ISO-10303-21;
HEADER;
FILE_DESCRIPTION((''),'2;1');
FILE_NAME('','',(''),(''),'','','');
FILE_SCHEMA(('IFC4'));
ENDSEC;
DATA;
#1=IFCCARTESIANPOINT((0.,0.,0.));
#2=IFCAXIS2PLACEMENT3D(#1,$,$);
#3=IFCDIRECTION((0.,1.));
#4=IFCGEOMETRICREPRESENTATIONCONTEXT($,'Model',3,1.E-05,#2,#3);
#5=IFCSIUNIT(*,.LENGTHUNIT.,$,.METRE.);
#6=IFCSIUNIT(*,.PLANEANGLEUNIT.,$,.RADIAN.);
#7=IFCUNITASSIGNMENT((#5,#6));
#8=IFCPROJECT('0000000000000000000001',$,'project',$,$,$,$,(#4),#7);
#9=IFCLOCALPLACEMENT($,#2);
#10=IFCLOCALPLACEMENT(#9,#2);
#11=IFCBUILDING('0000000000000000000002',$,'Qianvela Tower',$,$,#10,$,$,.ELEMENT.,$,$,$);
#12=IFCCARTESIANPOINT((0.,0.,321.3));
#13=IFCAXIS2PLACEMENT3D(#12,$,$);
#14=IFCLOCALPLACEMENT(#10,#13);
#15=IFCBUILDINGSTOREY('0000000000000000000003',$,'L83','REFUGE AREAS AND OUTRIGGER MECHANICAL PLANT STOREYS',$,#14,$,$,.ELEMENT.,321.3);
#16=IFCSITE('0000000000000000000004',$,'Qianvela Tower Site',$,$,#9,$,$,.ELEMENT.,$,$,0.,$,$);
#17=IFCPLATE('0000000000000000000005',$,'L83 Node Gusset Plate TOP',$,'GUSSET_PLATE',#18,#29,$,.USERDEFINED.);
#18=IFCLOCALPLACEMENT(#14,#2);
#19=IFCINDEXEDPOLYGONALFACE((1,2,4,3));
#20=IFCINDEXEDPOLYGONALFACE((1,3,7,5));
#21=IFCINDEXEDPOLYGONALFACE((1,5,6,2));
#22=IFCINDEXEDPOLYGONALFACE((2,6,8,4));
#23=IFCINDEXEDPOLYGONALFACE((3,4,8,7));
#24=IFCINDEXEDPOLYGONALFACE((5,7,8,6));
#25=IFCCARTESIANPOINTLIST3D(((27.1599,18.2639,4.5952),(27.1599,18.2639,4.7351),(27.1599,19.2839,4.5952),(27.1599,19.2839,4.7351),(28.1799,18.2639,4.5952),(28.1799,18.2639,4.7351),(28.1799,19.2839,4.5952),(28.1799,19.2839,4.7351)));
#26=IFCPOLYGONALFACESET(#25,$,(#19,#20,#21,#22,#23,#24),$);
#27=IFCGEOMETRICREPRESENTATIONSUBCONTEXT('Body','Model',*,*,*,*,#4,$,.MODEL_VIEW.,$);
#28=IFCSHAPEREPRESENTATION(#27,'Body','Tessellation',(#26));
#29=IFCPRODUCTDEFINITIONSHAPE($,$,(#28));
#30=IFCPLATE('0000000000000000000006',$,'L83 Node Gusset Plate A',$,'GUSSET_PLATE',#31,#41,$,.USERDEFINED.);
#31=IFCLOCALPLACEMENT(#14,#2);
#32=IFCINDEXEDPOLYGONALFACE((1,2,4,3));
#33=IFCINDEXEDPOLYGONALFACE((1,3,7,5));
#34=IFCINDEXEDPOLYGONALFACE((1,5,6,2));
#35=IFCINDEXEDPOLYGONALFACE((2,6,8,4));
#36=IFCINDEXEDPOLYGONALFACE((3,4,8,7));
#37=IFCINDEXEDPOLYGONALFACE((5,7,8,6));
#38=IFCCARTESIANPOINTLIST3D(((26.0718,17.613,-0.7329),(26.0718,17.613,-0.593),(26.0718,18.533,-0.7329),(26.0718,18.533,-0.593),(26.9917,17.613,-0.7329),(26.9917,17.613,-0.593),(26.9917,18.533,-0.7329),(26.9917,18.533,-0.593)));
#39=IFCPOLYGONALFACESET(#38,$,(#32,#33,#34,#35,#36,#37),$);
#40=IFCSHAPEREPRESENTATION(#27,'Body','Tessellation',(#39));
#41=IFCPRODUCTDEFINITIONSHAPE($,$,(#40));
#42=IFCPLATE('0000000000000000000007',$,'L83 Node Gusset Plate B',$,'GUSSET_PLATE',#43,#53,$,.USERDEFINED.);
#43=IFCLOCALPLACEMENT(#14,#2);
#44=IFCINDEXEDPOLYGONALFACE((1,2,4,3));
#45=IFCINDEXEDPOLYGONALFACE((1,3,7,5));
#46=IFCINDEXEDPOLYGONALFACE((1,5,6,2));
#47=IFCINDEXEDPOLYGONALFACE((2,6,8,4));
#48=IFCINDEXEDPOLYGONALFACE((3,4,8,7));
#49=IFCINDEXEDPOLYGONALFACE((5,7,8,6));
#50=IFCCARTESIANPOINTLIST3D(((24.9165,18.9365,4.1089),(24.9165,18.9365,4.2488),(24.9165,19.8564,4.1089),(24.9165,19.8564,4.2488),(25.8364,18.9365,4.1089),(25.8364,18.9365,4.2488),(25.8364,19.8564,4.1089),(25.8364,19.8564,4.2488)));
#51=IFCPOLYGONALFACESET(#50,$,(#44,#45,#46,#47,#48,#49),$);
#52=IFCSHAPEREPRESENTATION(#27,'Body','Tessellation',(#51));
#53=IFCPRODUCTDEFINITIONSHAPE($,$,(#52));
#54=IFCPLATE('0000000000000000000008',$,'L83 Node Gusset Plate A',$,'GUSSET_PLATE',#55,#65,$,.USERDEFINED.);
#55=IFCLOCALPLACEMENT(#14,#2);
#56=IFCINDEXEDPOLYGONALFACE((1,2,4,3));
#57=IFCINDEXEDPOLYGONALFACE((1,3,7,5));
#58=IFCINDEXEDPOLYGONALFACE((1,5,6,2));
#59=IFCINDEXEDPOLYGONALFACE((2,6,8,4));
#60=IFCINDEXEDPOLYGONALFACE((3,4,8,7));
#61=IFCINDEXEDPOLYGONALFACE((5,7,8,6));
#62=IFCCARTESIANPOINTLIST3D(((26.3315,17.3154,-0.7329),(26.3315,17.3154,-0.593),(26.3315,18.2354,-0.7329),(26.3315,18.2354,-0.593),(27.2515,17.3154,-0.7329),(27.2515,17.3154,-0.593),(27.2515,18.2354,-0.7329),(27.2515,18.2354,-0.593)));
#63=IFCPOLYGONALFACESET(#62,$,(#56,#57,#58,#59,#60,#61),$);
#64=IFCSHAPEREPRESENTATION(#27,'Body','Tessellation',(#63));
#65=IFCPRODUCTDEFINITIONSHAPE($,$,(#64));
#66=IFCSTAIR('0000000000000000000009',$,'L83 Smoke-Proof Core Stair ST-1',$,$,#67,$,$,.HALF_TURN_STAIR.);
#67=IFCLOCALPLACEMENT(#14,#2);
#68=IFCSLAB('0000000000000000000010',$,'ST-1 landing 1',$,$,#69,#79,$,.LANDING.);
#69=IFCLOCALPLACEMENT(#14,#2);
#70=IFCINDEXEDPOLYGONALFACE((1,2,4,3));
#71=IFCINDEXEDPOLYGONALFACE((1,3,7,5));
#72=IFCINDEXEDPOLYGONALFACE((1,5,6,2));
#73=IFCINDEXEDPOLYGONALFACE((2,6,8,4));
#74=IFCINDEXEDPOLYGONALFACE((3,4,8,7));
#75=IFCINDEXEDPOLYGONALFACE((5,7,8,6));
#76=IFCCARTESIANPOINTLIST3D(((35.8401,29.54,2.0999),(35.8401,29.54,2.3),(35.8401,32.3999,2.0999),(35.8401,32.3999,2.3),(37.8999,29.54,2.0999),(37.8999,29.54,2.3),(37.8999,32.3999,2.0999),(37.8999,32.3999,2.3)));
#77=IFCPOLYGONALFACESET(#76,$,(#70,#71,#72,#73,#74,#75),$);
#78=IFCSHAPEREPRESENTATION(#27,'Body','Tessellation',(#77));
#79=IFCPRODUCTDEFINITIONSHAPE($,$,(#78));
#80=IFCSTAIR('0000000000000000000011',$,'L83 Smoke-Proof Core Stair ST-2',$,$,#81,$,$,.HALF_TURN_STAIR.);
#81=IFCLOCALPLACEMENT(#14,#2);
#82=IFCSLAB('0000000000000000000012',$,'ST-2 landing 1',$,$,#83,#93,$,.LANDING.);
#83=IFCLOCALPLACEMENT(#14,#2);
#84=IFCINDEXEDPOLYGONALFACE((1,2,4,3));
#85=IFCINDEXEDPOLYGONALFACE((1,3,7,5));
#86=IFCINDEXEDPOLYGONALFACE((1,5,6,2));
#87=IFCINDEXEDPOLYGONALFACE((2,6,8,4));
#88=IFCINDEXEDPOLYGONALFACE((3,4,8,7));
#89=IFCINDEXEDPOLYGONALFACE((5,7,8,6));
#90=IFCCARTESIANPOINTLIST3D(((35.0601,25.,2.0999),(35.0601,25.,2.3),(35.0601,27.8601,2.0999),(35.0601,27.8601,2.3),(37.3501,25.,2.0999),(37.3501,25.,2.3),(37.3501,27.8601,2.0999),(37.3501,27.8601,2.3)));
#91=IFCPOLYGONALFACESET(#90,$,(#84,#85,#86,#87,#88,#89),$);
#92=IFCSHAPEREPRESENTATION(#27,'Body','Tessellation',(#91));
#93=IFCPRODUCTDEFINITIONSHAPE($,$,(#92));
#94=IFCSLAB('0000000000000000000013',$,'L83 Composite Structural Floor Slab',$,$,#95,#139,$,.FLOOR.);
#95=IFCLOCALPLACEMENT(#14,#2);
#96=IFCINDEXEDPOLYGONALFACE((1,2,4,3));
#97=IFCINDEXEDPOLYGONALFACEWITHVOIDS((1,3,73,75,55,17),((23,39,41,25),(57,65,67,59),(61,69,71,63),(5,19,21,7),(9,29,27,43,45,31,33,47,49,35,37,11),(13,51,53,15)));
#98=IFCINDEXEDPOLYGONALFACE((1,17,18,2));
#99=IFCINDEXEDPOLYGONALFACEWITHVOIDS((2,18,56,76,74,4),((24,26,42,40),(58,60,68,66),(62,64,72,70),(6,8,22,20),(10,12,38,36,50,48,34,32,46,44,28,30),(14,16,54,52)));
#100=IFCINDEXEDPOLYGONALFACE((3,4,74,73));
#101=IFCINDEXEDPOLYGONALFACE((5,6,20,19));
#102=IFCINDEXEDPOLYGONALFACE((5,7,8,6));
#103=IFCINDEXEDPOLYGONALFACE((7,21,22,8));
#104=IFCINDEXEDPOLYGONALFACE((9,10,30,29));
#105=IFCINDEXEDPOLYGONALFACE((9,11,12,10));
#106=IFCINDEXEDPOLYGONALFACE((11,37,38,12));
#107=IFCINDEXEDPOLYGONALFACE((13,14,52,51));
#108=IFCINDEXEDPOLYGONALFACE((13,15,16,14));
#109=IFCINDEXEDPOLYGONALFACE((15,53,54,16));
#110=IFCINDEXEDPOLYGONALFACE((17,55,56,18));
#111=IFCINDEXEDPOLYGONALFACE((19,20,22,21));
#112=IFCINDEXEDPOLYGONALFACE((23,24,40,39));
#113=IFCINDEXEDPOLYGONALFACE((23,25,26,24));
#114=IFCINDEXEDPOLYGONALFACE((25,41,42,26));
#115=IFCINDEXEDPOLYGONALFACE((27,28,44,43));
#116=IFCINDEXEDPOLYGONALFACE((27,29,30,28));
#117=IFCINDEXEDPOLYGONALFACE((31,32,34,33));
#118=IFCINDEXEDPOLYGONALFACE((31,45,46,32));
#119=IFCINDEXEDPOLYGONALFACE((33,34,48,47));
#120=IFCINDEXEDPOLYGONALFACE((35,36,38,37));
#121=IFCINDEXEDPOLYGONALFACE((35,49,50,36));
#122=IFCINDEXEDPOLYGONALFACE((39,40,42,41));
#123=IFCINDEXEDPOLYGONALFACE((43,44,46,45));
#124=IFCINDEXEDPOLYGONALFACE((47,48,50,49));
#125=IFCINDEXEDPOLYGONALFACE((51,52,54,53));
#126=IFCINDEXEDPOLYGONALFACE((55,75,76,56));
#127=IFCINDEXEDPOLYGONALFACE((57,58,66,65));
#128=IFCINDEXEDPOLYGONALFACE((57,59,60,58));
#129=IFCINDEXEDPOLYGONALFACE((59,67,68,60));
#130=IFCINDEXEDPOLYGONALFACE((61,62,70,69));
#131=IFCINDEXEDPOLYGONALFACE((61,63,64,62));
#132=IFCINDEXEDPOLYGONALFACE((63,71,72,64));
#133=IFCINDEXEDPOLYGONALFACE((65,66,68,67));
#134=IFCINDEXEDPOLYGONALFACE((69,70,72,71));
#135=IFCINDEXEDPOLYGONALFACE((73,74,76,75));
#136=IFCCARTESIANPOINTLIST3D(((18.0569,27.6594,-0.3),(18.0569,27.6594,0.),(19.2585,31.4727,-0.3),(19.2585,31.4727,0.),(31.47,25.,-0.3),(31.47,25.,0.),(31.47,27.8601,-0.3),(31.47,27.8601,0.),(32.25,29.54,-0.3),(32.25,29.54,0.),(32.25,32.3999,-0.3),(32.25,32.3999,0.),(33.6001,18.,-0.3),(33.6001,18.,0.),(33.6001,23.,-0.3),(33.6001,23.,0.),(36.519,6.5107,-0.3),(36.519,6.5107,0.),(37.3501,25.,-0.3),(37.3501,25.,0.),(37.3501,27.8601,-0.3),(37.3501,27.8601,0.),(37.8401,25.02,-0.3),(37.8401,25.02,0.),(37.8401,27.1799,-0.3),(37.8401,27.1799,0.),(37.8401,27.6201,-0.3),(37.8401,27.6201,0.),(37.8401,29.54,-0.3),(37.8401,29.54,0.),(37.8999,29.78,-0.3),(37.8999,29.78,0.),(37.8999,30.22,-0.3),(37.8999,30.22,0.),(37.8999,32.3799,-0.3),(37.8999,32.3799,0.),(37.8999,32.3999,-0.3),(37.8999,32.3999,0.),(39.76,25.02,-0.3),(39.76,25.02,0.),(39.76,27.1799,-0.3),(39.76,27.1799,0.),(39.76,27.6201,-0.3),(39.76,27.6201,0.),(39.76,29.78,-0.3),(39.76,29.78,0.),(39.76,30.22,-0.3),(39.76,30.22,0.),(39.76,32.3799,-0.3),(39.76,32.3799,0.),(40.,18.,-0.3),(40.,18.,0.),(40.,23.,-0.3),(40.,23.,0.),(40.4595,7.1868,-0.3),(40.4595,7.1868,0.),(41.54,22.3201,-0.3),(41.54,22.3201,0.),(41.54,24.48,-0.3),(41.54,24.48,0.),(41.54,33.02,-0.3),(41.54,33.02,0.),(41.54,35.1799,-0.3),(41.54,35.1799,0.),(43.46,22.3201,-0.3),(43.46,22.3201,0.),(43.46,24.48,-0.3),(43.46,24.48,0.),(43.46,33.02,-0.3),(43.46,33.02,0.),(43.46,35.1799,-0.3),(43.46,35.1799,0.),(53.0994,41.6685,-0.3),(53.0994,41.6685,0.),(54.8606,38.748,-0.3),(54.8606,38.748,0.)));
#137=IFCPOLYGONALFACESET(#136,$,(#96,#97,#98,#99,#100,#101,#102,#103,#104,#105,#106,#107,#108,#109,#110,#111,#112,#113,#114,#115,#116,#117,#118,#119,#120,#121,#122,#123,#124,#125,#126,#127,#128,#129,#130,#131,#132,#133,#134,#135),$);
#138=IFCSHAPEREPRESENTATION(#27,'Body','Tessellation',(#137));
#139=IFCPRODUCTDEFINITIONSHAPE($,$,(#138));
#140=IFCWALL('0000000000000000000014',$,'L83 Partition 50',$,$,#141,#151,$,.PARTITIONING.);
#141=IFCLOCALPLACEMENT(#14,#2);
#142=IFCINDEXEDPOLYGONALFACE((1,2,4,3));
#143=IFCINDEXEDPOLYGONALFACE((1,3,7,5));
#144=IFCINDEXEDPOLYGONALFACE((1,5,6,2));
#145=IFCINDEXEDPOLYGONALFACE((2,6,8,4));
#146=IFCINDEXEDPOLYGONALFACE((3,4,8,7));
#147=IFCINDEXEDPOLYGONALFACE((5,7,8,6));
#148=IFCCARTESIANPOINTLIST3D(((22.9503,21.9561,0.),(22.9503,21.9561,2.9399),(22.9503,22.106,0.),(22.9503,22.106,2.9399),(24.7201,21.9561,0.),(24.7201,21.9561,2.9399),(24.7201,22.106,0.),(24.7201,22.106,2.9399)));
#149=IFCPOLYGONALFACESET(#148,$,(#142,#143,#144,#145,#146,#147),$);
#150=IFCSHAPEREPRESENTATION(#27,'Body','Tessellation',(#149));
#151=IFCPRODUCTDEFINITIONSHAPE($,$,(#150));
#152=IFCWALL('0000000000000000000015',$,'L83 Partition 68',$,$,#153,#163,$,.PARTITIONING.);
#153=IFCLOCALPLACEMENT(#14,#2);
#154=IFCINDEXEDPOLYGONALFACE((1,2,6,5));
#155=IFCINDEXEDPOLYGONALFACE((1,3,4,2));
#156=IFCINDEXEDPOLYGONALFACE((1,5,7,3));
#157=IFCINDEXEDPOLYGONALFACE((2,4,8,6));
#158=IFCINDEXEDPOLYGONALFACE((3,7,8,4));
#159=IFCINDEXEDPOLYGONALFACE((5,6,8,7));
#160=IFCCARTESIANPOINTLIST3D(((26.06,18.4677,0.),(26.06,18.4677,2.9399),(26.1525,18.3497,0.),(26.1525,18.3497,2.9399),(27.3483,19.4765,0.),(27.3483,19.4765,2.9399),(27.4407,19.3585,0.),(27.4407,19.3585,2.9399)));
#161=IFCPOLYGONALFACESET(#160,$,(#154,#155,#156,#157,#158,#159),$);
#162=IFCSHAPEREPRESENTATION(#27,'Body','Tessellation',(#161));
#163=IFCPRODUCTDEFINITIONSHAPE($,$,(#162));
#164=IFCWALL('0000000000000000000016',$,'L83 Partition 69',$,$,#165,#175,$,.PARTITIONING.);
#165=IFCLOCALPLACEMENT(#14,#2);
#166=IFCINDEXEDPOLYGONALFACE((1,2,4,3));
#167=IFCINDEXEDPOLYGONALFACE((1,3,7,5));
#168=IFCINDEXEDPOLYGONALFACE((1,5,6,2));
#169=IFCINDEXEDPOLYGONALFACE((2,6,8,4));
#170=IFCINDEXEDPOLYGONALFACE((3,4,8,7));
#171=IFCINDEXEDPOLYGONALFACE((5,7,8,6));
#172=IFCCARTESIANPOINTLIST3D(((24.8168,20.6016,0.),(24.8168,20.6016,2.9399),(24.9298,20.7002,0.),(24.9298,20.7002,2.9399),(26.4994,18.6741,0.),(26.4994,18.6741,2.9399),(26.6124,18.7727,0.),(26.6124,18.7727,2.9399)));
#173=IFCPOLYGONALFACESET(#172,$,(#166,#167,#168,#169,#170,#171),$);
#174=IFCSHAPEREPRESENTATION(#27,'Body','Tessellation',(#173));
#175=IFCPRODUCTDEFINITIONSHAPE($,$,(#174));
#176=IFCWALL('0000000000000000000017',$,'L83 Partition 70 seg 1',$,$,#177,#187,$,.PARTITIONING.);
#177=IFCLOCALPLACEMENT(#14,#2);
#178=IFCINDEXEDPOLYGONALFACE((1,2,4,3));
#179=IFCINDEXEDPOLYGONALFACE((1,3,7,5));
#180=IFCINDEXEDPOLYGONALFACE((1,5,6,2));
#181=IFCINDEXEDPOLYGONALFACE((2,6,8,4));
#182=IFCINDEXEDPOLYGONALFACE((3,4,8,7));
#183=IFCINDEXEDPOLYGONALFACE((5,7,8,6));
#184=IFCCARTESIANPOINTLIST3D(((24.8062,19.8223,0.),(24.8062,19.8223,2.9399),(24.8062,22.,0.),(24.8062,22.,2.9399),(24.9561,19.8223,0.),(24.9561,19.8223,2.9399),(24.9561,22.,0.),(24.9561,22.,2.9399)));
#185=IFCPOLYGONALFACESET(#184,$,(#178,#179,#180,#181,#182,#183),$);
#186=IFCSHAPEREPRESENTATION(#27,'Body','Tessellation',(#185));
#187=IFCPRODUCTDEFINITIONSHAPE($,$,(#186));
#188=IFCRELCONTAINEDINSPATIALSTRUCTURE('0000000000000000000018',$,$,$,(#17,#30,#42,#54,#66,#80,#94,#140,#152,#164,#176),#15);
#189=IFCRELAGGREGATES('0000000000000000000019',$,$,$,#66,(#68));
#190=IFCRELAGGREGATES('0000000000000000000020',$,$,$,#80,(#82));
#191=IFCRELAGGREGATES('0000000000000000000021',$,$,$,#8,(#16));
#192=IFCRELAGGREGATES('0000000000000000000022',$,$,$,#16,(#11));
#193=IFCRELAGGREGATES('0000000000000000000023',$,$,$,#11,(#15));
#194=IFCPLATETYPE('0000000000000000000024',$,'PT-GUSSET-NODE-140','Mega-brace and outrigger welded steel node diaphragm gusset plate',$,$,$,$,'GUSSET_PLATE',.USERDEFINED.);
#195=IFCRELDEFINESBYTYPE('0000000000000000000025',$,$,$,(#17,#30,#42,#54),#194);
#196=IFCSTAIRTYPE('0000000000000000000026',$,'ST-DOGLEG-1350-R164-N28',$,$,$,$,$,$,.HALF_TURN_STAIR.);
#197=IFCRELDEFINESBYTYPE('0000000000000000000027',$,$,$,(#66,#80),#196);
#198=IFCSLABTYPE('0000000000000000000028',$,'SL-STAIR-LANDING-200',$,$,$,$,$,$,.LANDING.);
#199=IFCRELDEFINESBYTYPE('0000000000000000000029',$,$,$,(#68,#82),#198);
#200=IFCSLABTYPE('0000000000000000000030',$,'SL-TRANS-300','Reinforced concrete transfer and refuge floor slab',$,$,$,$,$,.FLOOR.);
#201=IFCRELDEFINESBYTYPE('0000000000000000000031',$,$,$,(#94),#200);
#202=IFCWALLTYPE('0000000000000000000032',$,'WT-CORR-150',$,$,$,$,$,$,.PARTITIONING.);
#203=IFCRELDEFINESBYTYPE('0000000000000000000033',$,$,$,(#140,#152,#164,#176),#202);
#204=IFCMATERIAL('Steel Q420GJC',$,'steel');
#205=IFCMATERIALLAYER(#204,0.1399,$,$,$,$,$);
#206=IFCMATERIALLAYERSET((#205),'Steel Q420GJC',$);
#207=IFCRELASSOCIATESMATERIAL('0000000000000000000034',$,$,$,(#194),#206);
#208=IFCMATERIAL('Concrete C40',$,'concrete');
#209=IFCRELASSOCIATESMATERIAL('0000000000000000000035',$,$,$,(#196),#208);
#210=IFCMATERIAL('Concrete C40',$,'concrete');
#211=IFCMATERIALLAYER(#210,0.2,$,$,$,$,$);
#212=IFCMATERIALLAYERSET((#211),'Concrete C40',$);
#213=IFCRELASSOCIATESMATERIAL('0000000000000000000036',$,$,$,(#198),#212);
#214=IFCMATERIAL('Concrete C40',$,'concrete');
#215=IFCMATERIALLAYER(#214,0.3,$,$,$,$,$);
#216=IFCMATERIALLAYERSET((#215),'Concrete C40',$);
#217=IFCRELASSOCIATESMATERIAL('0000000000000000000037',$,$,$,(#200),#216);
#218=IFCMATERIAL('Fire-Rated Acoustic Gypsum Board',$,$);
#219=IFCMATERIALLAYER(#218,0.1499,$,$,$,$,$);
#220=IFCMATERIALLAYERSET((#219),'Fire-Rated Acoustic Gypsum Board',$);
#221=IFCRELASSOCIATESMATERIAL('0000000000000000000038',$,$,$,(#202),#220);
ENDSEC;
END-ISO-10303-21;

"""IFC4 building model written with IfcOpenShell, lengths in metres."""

from ifc_helpers import new_model, si_unit, direction, frame, frame_2d, origin, origin_2d, place, context, subcontext, project, spatial, polyline, rectangle, outline, extrude, material, layer, layer_set, type_object, element, aggregate, save


model = new_model("IFC4")

# Units and contexts
model_context = context("Model", 3, precision=1e-05, world=origin(), true_north=direction((0.0, 1.0)))
body_context = subcontext(model_context, "Body", "Model", "MODEL_VIEW")
ifc_project = project(units=[si_unit("LENGTHUNIT", "METRE"), si_unit("PLANEANGLEUNIT", "RADIAN")], contexts=[model_context])

# Site, building, storey
site_placement = place(None, origin())
site = spatial("IfcSite", under=ifc_project, at=site_placement, Name="Qianvela Tower Site", CompositionType="ELEMENT", RefElevation=0.0)
building_placement = place(site_placement, origin())
building = spatial("IfcBuilding", under=site, at=building_placement, Name="Qianvela Tower", CompositionType="ELEMENT")
storey_placement = place(building_placement, frame((0.0, 0.0, 321.3)))
storey = spatial("IfcBuildingStorey", under=building, at=storey_placement, Name="L83", Description="REFUGE AREAS AND OUTRIGGER MECHANICAL PLANT STOREYS", CompositionType="ELEMENT", Elevation=321.3)

# Plates
ifc_material_1 = material(Name="Steel Q420GJC", Category="steel")
ifc_layer_1 = layer(ifc_material_1, 0.1399)
ifc_layer_set_1 = layer_set([ifc_layer_1], Name="Steel Q420GJC")
plate_type_1 = type_object("IfcPlateType", Name="PT-GUSSET-NODE-140", Description="Mega-brace and outrigger welded steel node diaphragm gusset plate", ElementType="GUSSET_PLATE", PredefinedType="USERDEFINED", material=ifc_layer_set_1)
plate_1_placement = place(storey_placement, frame((27.6699, 18.7739, 4.5952), z_axis=(0.0, 0.0, 1.0), x_axis=(1.0, 0.0, 0.0)))
element("IfcPlate", 1, at=plate_1_placement, inside=storey, type_object=plate_type_1, Name="L83 Node Gusset Plate TOP", ObjectType="GUSSET_PLATE", PredefinedType="USERDEFINED", context=body_context, shape_type="SweptSolid", body=[
    extrude(rectangle(XDim=1.02, YDim=1.02, at=origin_2d()), origin(), (0.0, 0.0, 1.0), 0.1399),
])
for number, where, z_axis, x_axis, name in (
    (2, (26.5317, 18.073, -0.7329), (0.0, 0.0, 1.0), (1.0, 0.0, 0.0), "L83 Node Gusset Plate A"),
    (3, (25.3765, 19.3965, 4.1089), (0.0, 0.0, 1.0), (1.0, 0.0, 0.0), "L83 Node Gusset Plate B"),
    (4, (26.7915, 17.7754, -0.7329), (0.0, 0.0, 1.0), (1.0, 0.0, 0.0), "L83 Node Gusset Plate A"),
):
    element("IfcPlate", number, at=place(storey_placement, frame(where, z_axis=z_axis, x_axis=x_axis)), inside=storey, type_object=plate_type_1, Name=name, ObjectType="GUSSET_PLATE", PredefinedType="USERDEFINED", context=body_context, shape_type="SweptSolid", body=[
        extrude(rectangle(XDim=0.9199, YDim=0.9199, at=origin_2d()), origin(), (0.0, 0.0, 1.0), 0.1399),
    ])

# Stairs, slabs
ifc_material_2 = material(Name="Concrete C40", Category="concrete")
stair_type = type_object("IfcStairType", Name="ST-DOGLEG-1350-R164-N28", PredefinedType="HALF_TURN_STAIR", material=ifc_material_2)
stair_1_placement = place(storey_placement, origin())
stair_1 = element("IfcStair", 5, at=stair_1_placement, inside=storey, type_object=stair_type, Name="L83 Smoke-Proof Core Stair ST-1", PredefinedType="HALF_TURN_STAIR")
ifc_material_3 = material(Name="Concrete C40", Category="concrete")
ifc_layer_2 = layer(ifc_material_3, 0.2)
ifc_layer_set_2 = layer_set([ifc_layer_2], Name="Concrete C40")
slab_type_1 = type_object("IfcSlabType", Name="SL-STAIR-LANDING-200", PredefinedType="LANDING", material=ifc_layer_set_2)
slab_1_placement = place(storey_placement, frame((0.0, 0.0, 2.0999)))
slab_1 = element("IfcSlab", 6, at=slab_1_placement, type_object=slab_type_1, Name="ST-1 landing 1", PredefinedType="LANDING", context=body_context, shape_type="SweptSolid", body=[
    extrude(outline(polyline([(35.8401, 29.54), (37.8999, 29.54), (37.8999, 32.3999), (35.8401, 32.3999), (35.8401, 29.54)])), origin(), (0.0, 0.0, 1.0), 0.2002),
])
aggregate(stair_1, [slab_1])
stair_2_placement = place(storey_placement, origin())
stair_2 = element("IfcStair", 7, at=stair_2_placement, inside=storey, type_object=stair_type, Name="L83 Smoke-Proof Core Stair ST-2", PredefinedType="HALF_TURN_STAIR")
slab_2_placement = place(storey_placement, frame((0.0, 0.0, 2.0999)))
slab_2 = element("IfcSlab", 8, at=slab_2_placement, type_object=slab_type_1, Name="ST-2 landing 1", PredefinedType="LANDING", context=body_context, shape_type="SweptSolid", body=[
    extrude(outline(polyline([(35.0601, 25.0), (37.3501, 25.0), (37.3501, 27.8601), (35.0601, 27.8601), (35.0601, 25.0)])), origin(), (0.0, 0.0, 1.0), 0.2002),
])
aggregate(stair_2, [slab_2])

# Slab
ifc_material_4 = material(Name="Concrete C40", Category="concrete")
ifc_layer_3 = layer(ifc_material_4, 0.3)
ifc_layer_set_3 = layer_set([ifc_layer_3], Name="Concrete C40")
slab_type_2 = type_object("IfcSlabType", Name="SL-TRANS-300", Description="Reinforced concrete transfer and refuge floor slab", PredefinedType="FLOOR", material=ifc_layer_set_3)
slab_3_placement = place(storey_placement, frame((0.0, 0.0, -0.3)))
element("IfcSlab", 9, at=slab_3_placement, inside=storey, type_object=slab_type_2, Name="L83 Composite Structural Floor Slab", PredefinedType="FLOOR", context=body_context, shape_type="SweptSolid", body=[
    extrude(outline(polyline([(54.8606, 38.748), (53.0994, 41.6685), (19.2585, 31.4727), (18.0569, 27.6594), (36.519, 6.5107), (40.4595, 7.1868), (54.8606, 38.748)]), holes=[polyline([(40.0, 23.0), (33.6001, 23.0), (33.6001, 18.0), (40.0, 18.0), (40.0, 23.0)]), polyline([(43.46, 24.48), (41.54, 24.48), (41.54, 22.3201), (43.46, 22.3201), (43.46, 24.48)]), polyline([(39.76, 27.1799), (37.8401, 27.1799), (37.8401, 25.02), (39.76, 25.02), (39.76, 27.1799)]), polyline([(37.3501, 27.8601), (31.47, 27.8601), (31.47, 25.0), (37.3501, 25.0), (37.3501, 27.8601)]), polyline([(39.76, 27.6201), (39.76, 29.78), (37.8999, 29.78), (37.8999, 30.22), (39.76, 30.22), (39.76, 32.3799), (37.8999, 32.3799), (37.8999, 32.3999), (32.25, 32.3999), (32.25, 29.54), (37.8401, 29.54), (37.8401, 27.6201), (39.76, 27.6201)]), polyline([(43.46, 35.1799), (41.54, 35.1799), (41.54, 33.02), (43.46, 33.02), (43.46, 35.1799)])]), origin(), (0.0, 0.0, 1.0), 0.3),
])

# Walls
ifc_material_5 = material(Name="Fire-Rated Acoustic Gypsum Board")
ifc_layer_4 = layer(ifc_material_5, 0.1499)
ifc_layer_set_4 = layer_set([ifc_layer_4], Name="Fire-Rated Acoustic Gypsum Board")
wall_type = type_object("IfcWallType", Name="WT-CORR-150", PredefinedType="PARTITIONING", material=ifc_layer_set_4)
wall_1_placement = place(storey_placement, frame((24.72, 22.031, 0.0), z_axis=(0.0, 0.0, 1.0), x_axis=(-1.0, 0.0, 0.0)))
element("IfcWall", 10, at=wall_1_placement, inside=storey, type_object=wall_type, Name="L83 Partition 50", PredefinedType="PARTITIONING", context=body_context, shape_type="SweptSolid", body=[
    extrude(rectangle(XDim=1.7698, YDim=0.1499, at=frame_2d((0.8848, 0.0))), origin(), (0.0, 0.0, 1.0), 2.9399),
])
wall_2_placement = place(storey_placement, frame((27.3945, 19.4175, 0.0), z_axis=(0.0, 0.0, 1.0), x_axis=(-0.787348, -0.616509, 0.0)))
element("IfcWall", 11, at=wall_2_placement, inside=storey, type_object=wall_type, Name="L83 Partition 68", PredefinedType="PARTITIONING", context=body_context, shape_type="SweptSolid", body=[
    extrude(rectangle(XDim=1.6362, YDim=0.1499, at=frame_2d((0.8181, 0.0))), origin(), (0.0, 0.0, 1.0), 2.9399),
])
wall_3_placement = place(storey_placement, frame((26.5559, 18.7234, 0.0), z_axis=(0.0, 0.0, 1.0), x_axis=(-0.657633, 0.753339, 0.0)))
element("IfcWall", 12, at=wall_3_placement, inside=storey, type_object=wall_type, Name="L83 Partition 69", PredefinedType="PARTITIONING", context=body_context, shape_type="SweptSolid", body=[
    extrude(rectangle(XDim=2.5586, YDim=0.1499, at=frame_2d((1.2793, 0.0))), origin(), (0.0, 0.0, 1.0), 2.9399),
])
wall_4_placement = place(storey_placement, frame((24.8811, 19.8223, 0.0), z_axis=(0.0, 0.0, 1.0), x_axis=(0.0, 1.0, 0.0)))
element("IfcWall", 13, at=wall_4_placement, inside=storey, type_object=wall_type, Name="L83 Partition 70 seg 1", PredefinedType="PARTITIONING", context=body_context, shape_type="SweptSolid", body=[
    extrude(rectangle(XDim=2.1777, YDim=0.1499, at=frame_2d((1.0889, 0.0))), origin(), (0.0, 0.0, 1.0), 2.9399),
])

save(model, "model.ifc")
